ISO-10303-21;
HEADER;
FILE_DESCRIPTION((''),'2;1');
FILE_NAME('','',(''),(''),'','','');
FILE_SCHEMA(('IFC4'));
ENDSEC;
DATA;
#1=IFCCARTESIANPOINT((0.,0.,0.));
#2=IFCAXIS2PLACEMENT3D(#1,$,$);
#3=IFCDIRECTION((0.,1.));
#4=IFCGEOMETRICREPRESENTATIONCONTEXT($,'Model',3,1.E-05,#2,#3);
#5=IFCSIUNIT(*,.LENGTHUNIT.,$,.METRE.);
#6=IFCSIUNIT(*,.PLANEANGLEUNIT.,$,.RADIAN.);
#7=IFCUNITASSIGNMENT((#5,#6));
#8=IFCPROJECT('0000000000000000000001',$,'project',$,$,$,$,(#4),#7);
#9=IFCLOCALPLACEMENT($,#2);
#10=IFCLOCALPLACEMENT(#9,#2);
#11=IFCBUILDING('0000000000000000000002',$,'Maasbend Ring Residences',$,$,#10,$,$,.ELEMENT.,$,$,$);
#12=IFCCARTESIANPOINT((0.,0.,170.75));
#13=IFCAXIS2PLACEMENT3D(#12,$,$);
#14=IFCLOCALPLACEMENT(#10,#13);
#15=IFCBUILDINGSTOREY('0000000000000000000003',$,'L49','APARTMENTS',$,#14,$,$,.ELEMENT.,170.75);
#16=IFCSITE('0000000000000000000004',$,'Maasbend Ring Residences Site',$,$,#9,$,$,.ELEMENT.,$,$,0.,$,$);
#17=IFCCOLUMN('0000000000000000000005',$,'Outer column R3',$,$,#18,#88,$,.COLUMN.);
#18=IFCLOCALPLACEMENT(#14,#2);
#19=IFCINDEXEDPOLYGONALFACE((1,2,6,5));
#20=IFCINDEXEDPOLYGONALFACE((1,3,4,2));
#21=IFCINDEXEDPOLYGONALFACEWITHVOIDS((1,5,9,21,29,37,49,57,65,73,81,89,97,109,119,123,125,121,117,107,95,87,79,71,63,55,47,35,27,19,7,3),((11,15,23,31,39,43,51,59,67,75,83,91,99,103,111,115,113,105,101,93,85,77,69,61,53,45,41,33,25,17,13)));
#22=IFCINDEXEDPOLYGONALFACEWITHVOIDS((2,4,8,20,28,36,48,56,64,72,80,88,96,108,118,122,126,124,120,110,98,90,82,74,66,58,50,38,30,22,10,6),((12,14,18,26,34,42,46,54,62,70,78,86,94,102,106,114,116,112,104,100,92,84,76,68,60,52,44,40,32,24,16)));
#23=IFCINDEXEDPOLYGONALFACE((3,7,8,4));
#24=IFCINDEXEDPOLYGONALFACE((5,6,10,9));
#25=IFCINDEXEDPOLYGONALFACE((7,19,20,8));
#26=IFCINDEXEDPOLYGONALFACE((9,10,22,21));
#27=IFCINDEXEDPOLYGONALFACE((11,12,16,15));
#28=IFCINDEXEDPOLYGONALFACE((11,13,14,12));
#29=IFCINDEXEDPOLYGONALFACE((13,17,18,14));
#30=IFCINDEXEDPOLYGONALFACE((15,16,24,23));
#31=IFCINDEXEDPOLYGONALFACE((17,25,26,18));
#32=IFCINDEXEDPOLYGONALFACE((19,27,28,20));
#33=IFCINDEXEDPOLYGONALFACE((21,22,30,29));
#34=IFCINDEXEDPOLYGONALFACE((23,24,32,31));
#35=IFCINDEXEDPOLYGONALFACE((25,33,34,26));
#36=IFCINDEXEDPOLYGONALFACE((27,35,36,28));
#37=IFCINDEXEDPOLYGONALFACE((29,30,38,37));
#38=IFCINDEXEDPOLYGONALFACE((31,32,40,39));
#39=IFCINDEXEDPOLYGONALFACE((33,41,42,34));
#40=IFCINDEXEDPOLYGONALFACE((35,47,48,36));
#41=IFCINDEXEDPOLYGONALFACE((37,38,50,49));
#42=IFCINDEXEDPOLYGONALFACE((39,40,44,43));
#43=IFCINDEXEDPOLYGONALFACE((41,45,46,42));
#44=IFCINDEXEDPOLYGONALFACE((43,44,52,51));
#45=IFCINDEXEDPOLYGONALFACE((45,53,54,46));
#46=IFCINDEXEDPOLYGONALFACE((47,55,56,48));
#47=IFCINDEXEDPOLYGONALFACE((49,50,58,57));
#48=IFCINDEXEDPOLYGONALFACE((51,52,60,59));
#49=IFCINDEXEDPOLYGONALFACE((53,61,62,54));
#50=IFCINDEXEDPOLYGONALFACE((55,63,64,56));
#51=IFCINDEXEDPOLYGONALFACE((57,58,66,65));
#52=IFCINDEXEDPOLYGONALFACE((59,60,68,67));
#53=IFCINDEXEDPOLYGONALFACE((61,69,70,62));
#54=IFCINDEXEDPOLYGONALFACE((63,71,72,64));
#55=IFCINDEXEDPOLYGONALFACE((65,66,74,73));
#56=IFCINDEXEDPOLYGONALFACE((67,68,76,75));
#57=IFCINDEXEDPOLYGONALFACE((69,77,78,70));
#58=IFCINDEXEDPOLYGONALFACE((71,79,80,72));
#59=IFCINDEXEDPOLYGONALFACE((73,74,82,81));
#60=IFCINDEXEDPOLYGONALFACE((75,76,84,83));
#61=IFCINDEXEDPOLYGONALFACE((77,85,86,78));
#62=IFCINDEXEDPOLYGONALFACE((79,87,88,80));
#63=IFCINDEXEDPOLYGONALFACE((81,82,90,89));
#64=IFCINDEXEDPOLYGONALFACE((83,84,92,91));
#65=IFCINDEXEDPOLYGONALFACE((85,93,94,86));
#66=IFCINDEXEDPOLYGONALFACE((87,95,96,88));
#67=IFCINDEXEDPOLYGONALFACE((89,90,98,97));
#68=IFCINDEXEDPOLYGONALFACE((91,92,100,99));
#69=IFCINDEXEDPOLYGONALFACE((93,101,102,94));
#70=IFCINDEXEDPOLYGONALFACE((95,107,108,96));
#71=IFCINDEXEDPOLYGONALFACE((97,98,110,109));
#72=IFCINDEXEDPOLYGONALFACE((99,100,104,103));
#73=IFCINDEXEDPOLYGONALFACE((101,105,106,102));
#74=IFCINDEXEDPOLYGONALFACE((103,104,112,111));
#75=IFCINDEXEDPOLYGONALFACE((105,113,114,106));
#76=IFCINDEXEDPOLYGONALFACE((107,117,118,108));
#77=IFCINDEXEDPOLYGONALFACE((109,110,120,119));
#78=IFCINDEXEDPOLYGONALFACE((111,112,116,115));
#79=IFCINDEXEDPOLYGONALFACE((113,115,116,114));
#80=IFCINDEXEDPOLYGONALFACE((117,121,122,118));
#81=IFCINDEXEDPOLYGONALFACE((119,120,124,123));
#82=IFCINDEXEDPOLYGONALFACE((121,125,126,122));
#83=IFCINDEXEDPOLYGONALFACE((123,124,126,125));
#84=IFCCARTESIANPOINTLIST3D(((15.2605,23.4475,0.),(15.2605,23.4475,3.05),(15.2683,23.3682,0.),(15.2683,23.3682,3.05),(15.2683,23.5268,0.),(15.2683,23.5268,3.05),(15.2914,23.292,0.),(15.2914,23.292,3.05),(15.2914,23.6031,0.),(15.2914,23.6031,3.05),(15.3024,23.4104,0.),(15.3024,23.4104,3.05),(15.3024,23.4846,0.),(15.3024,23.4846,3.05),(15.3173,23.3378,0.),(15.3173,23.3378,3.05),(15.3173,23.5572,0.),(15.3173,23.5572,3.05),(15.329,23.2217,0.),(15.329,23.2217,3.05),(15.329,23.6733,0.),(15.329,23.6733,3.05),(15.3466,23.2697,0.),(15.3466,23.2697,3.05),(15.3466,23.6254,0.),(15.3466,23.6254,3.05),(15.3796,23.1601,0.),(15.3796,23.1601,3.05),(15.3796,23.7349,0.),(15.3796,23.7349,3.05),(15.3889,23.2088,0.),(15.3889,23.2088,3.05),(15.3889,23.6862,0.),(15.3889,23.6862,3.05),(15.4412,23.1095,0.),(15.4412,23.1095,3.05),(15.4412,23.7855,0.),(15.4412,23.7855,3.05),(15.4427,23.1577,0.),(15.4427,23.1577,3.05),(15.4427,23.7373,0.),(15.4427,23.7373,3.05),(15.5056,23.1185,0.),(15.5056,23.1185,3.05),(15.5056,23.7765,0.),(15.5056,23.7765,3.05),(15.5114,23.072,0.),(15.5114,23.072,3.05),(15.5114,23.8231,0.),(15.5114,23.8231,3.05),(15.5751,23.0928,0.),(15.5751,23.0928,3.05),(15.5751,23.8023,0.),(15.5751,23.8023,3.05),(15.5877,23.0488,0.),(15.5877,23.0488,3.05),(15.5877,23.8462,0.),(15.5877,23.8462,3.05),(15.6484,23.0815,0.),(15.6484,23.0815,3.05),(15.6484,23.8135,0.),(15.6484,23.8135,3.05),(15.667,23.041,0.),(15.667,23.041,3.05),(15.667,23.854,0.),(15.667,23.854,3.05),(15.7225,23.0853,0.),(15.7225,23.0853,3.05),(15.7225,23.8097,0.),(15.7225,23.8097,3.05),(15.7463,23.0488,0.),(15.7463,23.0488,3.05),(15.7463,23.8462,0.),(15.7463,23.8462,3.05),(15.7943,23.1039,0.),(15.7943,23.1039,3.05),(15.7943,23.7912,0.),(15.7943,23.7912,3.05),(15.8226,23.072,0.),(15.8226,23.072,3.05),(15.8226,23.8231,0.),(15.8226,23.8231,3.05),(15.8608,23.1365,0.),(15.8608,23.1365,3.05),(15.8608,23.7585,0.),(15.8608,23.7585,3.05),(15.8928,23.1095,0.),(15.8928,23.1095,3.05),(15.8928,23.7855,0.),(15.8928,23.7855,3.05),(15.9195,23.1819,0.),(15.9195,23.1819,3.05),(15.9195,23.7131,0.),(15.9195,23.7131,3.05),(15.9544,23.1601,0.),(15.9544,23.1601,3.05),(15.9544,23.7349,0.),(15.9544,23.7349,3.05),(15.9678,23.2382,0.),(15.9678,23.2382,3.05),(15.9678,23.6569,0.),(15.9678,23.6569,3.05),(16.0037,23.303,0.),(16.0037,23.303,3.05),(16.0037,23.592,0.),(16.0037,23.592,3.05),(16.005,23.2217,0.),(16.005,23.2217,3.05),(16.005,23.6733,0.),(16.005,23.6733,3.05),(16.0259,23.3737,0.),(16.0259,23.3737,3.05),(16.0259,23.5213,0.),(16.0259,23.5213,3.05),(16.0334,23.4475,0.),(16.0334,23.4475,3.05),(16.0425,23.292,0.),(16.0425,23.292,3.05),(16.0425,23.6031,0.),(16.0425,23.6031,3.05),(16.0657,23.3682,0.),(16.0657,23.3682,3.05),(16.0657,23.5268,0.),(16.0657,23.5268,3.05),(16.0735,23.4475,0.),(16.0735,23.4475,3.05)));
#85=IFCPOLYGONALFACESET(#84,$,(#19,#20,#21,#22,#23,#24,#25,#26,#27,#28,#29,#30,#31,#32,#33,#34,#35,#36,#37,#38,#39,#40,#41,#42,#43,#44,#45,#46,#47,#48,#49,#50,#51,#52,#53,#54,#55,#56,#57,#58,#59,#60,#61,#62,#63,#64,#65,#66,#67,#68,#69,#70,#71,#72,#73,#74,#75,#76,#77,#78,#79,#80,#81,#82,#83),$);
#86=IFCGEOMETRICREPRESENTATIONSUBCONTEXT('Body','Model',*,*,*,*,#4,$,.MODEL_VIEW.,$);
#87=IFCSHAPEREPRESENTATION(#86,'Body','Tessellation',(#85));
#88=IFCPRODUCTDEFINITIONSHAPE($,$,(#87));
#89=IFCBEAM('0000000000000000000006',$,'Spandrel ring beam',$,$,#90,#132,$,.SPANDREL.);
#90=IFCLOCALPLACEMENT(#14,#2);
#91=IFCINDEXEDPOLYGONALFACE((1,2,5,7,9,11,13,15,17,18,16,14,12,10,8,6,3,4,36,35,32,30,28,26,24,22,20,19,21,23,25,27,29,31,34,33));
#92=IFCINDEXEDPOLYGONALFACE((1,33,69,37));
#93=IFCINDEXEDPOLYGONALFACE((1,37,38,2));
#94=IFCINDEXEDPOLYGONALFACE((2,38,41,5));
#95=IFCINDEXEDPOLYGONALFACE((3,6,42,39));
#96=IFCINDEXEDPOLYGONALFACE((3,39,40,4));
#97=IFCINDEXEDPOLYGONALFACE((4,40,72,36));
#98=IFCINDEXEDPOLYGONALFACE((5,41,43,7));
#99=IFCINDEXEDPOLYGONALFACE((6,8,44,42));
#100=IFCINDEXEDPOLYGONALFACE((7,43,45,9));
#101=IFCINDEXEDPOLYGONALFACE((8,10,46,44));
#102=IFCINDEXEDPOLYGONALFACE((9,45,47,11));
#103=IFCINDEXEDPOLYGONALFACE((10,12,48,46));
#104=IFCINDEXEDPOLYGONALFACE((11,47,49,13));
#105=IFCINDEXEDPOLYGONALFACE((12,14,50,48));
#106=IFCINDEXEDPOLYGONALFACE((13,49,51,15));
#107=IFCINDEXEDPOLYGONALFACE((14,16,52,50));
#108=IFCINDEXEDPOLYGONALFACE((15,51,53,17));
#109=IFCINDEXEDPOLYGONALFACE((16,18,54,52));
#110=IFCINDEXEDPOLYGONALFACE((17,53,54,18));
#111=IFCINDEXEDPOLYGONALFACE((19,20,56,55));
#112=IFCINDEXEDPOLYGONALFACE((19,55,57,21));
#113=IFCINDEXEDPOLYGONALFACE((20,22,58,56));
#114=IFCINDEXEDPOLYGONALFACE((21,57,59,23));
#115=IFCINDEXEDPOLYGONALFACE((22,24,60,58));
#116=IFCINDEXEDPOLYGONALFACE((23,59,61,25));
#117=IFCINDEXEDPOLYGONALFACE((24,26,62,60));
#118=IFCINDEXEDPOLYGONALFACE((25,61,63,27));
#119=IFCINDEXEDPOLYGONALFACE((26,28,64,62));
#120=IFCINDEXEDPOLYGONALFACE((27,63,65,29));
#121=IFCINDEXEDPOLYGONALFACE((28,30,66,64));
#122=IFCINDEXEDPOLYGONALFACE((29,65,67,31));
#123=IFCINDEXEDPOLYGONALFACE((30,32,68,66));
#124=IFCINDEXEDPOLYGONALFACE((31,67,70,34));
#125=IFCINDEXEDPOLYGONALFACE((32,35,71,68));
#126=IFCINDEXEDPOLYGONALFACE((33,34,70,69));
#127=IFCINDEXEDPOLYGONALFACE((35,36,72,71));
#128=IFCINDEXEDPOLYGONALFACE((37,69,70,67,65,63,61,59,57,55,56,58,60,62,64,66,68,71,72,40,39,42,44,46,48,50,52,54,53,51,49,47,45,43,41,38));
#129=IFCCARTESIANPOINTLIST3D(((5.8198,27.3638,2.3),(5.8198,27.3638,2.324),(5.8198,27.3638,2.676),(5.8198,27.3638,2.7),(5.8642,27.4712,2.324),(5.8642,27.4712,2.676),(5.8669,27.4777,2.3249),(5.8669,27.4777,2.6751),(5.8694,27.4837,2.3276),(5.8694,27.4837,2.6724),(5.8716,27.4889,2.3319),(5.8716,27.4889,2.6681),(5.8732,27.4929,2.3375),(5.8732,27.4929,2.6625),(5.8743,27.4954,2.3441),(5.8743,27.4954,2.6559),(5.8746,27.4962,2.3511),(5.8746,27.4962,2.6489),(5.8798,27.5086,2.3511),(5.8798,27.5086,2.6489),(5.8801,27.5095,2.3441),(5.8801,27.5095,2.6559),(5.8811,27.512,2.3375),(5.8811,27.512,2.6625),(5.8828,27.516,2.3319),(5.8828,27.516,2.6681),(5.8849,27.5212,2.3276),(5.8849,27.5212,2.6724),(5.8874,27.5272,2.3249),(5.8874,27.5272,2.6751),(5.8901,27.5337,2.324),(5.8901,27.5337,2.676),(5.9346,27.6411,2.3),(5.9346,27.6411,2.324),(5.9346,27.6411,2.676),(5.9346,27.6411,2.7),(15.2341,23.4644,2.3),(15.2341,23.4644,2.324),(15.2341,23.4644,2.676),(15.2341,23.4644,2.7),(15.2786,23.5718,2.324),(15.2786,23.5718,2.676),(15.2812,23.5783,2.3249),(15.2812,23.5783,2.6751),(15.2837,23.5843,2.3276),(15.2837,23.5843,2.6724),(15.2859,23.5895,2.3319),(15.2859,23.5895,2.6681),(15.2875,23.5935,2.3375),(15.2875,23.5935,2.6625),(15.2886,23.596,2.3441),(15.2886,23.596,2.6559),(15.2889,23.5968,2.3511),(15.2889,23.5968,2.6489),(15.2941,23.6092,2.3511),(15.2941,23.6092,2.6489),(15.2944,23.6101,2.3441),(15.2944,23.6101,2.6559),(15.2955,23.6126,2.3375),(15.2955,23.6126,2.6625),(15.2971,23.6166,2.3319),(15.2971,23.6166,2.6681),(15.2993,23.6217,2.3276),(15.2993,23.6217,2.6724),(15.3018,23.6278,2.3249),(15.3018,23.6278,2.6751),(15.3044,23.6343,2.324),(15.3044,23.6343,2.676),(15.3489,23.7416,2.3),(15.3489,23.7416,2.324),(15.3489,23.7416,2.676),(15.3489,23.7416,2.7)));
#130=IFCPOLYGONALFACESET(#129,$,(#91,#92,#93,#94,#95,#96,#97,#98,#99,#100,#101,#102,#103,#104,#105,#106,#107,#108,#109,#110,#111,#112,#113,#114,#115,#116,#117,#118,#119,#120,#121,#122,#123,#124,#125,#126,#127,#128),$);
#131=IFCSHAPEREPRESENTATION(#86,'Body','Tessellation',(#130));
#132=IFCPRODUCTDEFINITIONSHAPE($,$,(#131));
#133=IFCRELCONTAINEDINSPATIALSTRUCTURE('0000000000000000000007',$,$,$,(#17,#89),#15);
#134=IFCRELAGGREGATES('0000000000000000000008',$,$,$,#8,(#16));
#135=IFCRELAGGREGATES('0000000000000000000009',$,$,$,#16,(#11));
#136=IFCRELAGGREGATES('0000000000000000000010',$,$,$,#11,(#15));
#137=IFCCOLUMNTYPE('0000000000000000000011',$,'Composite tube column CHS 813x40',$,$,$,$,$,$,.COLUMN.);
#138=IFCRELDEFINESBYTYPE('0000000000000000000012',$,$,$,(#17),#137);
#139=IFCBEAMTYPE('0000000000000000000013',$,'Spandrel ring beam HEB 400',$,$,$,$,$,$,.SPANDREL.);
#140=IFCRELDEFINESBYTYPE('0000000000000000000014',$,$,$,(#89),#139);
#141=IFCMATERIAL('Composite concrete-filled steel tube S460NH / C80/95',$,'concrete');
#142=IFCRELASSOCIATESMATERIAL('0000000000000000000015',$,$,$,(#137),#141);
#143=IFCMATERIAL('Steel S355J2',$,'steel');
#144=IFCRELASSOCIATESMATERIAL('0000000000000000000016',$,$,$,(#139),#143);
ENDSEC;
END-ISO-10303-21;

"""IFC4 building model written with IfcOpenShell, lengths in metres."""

from ifc_helpers import new_model, si_unit, direction, frame, origin, origin_2d, place, context, subcontext, project, spatial, hollow_circle, i_section, extrude, material, material_profile, profile_set, type_object, element, save


model = new_model("IFC4")

# Units and contexts
model_context = context("Model", 3, precision=1e-05, world=origin(), true_north=direction((0.0, 1.0)))
body_context = subcontext(model_context, "Body", "Model", "MODEL_VIEW")
ifc_project = project(units=[si_unit("LENGTHUNIT", "METRE"), si_unit("PLANEANGLEUNIT", "RADIAN")], contexts=[model_context])

# Site, building, storey
site_placement = place(None, origin())
site = spatial("IfcSite", under=ifc_project, at=site_placement, Name="Maasbend Ring Residences Site", CompositionType="ELEMENT", RefElevation=0.0)
building_placement = place(site_placement, origin())
building = spatial("IfcBuilding", under=site, at=building_placement, Name="Maasbend Ring Residences", CompositionType="ELEMENT")
storey_placement = place(building_placement, frame((0.0, 0.0, 170.75)))
storey = spatial("IfcBuildingStorey", under=building, at=storey_placement, Name="L49", Description="APARTMENTS", CompositionType="ELEMENT", Elevation=170.75)

# Column
ifc_material_1 = material(Name="Composite concrete-filled steel tube S460NH / C80/95", Category="concrete")
ifc_material_profile_1 = material_profile(ifc_material_1, hollow_circle(Radius=0.4065, WallThickness=0.04, at=origin_2d()), Name="Composite tube column CHS 813x40")
ifc_profile_set_1 = profile_set([ifc_material_profile_1], Name="Composite concrete-filled steel tube S460NH / C80/95")
column_type = type_object("IfcColumnType", Name="Composite tube column CHS 813x40", PredefinedType="COLUMN", material=ifc_profile_set_1)
column_placement = place(storey_placement, frame((15.667, 23.4475, 0.0), z_axis=(0.0, 0.0, 1.0), x_axis=(1.0, 0.0, 0.0)))
element("IfcColumn", 1, at=column_placement, inside=storey, type_object=column_type, Name="Outer column R3", PredefinedType="COLUMN", context=body_context, shape_type="SweptSolid", body=[
    extrude(hollow_circle(Radius=0.4065, WallThickness=0.04, at=origin_2d()), origin(), (0.0, 0.0, 1.0), 3.05),
])

# Beam
ifc_material_2 = material(Name="Steel S355J2", Category="steel")
ifc_material_profile_2 = material_profile(ifc_material_2, i_section(OverallWidth=0.3, OverallDepth=0.3999, WebThickness=0.0134, FlangeThickness=0.0239, FilletRadius=0.0271, at=origin_2d()), Name="HEB 400")
ifc_profile_set_2 = profile_set([ifc_material_profile_2], Name="Steel S355J2")
beam_type = type_object("IfcBeamType", Name="Spandrel ring beam HEB 400", PredefinedType="SPANDREL", material=ifc_profile_set_2)
beam_placement = place(storey_placement, frame((15.2915, 23.603, 2.5), z_axis=(-0.923884, 0.382673, 0.0), x_axis=(-0.382673, -0.923884, 0.0)))
element("IfcBeam", 2, at=beam_placement, inside=storey, type_object=beam_type, Name="Spandrel ring beam", PredefinedType="SPANDREL", context=body_context, shape_type="SweptSolid", body=[
    extrude(i_section(OverallWidth=0.3, OverallDepth=0.3999, WebThickness=0.0134, FlangeThickness=0.0239, FilletRadius=0.0271, at=origin_2d()), origin(), (0.0, 0.0, 1.0), 10.1899),
])

save(model, "model.ifc")
